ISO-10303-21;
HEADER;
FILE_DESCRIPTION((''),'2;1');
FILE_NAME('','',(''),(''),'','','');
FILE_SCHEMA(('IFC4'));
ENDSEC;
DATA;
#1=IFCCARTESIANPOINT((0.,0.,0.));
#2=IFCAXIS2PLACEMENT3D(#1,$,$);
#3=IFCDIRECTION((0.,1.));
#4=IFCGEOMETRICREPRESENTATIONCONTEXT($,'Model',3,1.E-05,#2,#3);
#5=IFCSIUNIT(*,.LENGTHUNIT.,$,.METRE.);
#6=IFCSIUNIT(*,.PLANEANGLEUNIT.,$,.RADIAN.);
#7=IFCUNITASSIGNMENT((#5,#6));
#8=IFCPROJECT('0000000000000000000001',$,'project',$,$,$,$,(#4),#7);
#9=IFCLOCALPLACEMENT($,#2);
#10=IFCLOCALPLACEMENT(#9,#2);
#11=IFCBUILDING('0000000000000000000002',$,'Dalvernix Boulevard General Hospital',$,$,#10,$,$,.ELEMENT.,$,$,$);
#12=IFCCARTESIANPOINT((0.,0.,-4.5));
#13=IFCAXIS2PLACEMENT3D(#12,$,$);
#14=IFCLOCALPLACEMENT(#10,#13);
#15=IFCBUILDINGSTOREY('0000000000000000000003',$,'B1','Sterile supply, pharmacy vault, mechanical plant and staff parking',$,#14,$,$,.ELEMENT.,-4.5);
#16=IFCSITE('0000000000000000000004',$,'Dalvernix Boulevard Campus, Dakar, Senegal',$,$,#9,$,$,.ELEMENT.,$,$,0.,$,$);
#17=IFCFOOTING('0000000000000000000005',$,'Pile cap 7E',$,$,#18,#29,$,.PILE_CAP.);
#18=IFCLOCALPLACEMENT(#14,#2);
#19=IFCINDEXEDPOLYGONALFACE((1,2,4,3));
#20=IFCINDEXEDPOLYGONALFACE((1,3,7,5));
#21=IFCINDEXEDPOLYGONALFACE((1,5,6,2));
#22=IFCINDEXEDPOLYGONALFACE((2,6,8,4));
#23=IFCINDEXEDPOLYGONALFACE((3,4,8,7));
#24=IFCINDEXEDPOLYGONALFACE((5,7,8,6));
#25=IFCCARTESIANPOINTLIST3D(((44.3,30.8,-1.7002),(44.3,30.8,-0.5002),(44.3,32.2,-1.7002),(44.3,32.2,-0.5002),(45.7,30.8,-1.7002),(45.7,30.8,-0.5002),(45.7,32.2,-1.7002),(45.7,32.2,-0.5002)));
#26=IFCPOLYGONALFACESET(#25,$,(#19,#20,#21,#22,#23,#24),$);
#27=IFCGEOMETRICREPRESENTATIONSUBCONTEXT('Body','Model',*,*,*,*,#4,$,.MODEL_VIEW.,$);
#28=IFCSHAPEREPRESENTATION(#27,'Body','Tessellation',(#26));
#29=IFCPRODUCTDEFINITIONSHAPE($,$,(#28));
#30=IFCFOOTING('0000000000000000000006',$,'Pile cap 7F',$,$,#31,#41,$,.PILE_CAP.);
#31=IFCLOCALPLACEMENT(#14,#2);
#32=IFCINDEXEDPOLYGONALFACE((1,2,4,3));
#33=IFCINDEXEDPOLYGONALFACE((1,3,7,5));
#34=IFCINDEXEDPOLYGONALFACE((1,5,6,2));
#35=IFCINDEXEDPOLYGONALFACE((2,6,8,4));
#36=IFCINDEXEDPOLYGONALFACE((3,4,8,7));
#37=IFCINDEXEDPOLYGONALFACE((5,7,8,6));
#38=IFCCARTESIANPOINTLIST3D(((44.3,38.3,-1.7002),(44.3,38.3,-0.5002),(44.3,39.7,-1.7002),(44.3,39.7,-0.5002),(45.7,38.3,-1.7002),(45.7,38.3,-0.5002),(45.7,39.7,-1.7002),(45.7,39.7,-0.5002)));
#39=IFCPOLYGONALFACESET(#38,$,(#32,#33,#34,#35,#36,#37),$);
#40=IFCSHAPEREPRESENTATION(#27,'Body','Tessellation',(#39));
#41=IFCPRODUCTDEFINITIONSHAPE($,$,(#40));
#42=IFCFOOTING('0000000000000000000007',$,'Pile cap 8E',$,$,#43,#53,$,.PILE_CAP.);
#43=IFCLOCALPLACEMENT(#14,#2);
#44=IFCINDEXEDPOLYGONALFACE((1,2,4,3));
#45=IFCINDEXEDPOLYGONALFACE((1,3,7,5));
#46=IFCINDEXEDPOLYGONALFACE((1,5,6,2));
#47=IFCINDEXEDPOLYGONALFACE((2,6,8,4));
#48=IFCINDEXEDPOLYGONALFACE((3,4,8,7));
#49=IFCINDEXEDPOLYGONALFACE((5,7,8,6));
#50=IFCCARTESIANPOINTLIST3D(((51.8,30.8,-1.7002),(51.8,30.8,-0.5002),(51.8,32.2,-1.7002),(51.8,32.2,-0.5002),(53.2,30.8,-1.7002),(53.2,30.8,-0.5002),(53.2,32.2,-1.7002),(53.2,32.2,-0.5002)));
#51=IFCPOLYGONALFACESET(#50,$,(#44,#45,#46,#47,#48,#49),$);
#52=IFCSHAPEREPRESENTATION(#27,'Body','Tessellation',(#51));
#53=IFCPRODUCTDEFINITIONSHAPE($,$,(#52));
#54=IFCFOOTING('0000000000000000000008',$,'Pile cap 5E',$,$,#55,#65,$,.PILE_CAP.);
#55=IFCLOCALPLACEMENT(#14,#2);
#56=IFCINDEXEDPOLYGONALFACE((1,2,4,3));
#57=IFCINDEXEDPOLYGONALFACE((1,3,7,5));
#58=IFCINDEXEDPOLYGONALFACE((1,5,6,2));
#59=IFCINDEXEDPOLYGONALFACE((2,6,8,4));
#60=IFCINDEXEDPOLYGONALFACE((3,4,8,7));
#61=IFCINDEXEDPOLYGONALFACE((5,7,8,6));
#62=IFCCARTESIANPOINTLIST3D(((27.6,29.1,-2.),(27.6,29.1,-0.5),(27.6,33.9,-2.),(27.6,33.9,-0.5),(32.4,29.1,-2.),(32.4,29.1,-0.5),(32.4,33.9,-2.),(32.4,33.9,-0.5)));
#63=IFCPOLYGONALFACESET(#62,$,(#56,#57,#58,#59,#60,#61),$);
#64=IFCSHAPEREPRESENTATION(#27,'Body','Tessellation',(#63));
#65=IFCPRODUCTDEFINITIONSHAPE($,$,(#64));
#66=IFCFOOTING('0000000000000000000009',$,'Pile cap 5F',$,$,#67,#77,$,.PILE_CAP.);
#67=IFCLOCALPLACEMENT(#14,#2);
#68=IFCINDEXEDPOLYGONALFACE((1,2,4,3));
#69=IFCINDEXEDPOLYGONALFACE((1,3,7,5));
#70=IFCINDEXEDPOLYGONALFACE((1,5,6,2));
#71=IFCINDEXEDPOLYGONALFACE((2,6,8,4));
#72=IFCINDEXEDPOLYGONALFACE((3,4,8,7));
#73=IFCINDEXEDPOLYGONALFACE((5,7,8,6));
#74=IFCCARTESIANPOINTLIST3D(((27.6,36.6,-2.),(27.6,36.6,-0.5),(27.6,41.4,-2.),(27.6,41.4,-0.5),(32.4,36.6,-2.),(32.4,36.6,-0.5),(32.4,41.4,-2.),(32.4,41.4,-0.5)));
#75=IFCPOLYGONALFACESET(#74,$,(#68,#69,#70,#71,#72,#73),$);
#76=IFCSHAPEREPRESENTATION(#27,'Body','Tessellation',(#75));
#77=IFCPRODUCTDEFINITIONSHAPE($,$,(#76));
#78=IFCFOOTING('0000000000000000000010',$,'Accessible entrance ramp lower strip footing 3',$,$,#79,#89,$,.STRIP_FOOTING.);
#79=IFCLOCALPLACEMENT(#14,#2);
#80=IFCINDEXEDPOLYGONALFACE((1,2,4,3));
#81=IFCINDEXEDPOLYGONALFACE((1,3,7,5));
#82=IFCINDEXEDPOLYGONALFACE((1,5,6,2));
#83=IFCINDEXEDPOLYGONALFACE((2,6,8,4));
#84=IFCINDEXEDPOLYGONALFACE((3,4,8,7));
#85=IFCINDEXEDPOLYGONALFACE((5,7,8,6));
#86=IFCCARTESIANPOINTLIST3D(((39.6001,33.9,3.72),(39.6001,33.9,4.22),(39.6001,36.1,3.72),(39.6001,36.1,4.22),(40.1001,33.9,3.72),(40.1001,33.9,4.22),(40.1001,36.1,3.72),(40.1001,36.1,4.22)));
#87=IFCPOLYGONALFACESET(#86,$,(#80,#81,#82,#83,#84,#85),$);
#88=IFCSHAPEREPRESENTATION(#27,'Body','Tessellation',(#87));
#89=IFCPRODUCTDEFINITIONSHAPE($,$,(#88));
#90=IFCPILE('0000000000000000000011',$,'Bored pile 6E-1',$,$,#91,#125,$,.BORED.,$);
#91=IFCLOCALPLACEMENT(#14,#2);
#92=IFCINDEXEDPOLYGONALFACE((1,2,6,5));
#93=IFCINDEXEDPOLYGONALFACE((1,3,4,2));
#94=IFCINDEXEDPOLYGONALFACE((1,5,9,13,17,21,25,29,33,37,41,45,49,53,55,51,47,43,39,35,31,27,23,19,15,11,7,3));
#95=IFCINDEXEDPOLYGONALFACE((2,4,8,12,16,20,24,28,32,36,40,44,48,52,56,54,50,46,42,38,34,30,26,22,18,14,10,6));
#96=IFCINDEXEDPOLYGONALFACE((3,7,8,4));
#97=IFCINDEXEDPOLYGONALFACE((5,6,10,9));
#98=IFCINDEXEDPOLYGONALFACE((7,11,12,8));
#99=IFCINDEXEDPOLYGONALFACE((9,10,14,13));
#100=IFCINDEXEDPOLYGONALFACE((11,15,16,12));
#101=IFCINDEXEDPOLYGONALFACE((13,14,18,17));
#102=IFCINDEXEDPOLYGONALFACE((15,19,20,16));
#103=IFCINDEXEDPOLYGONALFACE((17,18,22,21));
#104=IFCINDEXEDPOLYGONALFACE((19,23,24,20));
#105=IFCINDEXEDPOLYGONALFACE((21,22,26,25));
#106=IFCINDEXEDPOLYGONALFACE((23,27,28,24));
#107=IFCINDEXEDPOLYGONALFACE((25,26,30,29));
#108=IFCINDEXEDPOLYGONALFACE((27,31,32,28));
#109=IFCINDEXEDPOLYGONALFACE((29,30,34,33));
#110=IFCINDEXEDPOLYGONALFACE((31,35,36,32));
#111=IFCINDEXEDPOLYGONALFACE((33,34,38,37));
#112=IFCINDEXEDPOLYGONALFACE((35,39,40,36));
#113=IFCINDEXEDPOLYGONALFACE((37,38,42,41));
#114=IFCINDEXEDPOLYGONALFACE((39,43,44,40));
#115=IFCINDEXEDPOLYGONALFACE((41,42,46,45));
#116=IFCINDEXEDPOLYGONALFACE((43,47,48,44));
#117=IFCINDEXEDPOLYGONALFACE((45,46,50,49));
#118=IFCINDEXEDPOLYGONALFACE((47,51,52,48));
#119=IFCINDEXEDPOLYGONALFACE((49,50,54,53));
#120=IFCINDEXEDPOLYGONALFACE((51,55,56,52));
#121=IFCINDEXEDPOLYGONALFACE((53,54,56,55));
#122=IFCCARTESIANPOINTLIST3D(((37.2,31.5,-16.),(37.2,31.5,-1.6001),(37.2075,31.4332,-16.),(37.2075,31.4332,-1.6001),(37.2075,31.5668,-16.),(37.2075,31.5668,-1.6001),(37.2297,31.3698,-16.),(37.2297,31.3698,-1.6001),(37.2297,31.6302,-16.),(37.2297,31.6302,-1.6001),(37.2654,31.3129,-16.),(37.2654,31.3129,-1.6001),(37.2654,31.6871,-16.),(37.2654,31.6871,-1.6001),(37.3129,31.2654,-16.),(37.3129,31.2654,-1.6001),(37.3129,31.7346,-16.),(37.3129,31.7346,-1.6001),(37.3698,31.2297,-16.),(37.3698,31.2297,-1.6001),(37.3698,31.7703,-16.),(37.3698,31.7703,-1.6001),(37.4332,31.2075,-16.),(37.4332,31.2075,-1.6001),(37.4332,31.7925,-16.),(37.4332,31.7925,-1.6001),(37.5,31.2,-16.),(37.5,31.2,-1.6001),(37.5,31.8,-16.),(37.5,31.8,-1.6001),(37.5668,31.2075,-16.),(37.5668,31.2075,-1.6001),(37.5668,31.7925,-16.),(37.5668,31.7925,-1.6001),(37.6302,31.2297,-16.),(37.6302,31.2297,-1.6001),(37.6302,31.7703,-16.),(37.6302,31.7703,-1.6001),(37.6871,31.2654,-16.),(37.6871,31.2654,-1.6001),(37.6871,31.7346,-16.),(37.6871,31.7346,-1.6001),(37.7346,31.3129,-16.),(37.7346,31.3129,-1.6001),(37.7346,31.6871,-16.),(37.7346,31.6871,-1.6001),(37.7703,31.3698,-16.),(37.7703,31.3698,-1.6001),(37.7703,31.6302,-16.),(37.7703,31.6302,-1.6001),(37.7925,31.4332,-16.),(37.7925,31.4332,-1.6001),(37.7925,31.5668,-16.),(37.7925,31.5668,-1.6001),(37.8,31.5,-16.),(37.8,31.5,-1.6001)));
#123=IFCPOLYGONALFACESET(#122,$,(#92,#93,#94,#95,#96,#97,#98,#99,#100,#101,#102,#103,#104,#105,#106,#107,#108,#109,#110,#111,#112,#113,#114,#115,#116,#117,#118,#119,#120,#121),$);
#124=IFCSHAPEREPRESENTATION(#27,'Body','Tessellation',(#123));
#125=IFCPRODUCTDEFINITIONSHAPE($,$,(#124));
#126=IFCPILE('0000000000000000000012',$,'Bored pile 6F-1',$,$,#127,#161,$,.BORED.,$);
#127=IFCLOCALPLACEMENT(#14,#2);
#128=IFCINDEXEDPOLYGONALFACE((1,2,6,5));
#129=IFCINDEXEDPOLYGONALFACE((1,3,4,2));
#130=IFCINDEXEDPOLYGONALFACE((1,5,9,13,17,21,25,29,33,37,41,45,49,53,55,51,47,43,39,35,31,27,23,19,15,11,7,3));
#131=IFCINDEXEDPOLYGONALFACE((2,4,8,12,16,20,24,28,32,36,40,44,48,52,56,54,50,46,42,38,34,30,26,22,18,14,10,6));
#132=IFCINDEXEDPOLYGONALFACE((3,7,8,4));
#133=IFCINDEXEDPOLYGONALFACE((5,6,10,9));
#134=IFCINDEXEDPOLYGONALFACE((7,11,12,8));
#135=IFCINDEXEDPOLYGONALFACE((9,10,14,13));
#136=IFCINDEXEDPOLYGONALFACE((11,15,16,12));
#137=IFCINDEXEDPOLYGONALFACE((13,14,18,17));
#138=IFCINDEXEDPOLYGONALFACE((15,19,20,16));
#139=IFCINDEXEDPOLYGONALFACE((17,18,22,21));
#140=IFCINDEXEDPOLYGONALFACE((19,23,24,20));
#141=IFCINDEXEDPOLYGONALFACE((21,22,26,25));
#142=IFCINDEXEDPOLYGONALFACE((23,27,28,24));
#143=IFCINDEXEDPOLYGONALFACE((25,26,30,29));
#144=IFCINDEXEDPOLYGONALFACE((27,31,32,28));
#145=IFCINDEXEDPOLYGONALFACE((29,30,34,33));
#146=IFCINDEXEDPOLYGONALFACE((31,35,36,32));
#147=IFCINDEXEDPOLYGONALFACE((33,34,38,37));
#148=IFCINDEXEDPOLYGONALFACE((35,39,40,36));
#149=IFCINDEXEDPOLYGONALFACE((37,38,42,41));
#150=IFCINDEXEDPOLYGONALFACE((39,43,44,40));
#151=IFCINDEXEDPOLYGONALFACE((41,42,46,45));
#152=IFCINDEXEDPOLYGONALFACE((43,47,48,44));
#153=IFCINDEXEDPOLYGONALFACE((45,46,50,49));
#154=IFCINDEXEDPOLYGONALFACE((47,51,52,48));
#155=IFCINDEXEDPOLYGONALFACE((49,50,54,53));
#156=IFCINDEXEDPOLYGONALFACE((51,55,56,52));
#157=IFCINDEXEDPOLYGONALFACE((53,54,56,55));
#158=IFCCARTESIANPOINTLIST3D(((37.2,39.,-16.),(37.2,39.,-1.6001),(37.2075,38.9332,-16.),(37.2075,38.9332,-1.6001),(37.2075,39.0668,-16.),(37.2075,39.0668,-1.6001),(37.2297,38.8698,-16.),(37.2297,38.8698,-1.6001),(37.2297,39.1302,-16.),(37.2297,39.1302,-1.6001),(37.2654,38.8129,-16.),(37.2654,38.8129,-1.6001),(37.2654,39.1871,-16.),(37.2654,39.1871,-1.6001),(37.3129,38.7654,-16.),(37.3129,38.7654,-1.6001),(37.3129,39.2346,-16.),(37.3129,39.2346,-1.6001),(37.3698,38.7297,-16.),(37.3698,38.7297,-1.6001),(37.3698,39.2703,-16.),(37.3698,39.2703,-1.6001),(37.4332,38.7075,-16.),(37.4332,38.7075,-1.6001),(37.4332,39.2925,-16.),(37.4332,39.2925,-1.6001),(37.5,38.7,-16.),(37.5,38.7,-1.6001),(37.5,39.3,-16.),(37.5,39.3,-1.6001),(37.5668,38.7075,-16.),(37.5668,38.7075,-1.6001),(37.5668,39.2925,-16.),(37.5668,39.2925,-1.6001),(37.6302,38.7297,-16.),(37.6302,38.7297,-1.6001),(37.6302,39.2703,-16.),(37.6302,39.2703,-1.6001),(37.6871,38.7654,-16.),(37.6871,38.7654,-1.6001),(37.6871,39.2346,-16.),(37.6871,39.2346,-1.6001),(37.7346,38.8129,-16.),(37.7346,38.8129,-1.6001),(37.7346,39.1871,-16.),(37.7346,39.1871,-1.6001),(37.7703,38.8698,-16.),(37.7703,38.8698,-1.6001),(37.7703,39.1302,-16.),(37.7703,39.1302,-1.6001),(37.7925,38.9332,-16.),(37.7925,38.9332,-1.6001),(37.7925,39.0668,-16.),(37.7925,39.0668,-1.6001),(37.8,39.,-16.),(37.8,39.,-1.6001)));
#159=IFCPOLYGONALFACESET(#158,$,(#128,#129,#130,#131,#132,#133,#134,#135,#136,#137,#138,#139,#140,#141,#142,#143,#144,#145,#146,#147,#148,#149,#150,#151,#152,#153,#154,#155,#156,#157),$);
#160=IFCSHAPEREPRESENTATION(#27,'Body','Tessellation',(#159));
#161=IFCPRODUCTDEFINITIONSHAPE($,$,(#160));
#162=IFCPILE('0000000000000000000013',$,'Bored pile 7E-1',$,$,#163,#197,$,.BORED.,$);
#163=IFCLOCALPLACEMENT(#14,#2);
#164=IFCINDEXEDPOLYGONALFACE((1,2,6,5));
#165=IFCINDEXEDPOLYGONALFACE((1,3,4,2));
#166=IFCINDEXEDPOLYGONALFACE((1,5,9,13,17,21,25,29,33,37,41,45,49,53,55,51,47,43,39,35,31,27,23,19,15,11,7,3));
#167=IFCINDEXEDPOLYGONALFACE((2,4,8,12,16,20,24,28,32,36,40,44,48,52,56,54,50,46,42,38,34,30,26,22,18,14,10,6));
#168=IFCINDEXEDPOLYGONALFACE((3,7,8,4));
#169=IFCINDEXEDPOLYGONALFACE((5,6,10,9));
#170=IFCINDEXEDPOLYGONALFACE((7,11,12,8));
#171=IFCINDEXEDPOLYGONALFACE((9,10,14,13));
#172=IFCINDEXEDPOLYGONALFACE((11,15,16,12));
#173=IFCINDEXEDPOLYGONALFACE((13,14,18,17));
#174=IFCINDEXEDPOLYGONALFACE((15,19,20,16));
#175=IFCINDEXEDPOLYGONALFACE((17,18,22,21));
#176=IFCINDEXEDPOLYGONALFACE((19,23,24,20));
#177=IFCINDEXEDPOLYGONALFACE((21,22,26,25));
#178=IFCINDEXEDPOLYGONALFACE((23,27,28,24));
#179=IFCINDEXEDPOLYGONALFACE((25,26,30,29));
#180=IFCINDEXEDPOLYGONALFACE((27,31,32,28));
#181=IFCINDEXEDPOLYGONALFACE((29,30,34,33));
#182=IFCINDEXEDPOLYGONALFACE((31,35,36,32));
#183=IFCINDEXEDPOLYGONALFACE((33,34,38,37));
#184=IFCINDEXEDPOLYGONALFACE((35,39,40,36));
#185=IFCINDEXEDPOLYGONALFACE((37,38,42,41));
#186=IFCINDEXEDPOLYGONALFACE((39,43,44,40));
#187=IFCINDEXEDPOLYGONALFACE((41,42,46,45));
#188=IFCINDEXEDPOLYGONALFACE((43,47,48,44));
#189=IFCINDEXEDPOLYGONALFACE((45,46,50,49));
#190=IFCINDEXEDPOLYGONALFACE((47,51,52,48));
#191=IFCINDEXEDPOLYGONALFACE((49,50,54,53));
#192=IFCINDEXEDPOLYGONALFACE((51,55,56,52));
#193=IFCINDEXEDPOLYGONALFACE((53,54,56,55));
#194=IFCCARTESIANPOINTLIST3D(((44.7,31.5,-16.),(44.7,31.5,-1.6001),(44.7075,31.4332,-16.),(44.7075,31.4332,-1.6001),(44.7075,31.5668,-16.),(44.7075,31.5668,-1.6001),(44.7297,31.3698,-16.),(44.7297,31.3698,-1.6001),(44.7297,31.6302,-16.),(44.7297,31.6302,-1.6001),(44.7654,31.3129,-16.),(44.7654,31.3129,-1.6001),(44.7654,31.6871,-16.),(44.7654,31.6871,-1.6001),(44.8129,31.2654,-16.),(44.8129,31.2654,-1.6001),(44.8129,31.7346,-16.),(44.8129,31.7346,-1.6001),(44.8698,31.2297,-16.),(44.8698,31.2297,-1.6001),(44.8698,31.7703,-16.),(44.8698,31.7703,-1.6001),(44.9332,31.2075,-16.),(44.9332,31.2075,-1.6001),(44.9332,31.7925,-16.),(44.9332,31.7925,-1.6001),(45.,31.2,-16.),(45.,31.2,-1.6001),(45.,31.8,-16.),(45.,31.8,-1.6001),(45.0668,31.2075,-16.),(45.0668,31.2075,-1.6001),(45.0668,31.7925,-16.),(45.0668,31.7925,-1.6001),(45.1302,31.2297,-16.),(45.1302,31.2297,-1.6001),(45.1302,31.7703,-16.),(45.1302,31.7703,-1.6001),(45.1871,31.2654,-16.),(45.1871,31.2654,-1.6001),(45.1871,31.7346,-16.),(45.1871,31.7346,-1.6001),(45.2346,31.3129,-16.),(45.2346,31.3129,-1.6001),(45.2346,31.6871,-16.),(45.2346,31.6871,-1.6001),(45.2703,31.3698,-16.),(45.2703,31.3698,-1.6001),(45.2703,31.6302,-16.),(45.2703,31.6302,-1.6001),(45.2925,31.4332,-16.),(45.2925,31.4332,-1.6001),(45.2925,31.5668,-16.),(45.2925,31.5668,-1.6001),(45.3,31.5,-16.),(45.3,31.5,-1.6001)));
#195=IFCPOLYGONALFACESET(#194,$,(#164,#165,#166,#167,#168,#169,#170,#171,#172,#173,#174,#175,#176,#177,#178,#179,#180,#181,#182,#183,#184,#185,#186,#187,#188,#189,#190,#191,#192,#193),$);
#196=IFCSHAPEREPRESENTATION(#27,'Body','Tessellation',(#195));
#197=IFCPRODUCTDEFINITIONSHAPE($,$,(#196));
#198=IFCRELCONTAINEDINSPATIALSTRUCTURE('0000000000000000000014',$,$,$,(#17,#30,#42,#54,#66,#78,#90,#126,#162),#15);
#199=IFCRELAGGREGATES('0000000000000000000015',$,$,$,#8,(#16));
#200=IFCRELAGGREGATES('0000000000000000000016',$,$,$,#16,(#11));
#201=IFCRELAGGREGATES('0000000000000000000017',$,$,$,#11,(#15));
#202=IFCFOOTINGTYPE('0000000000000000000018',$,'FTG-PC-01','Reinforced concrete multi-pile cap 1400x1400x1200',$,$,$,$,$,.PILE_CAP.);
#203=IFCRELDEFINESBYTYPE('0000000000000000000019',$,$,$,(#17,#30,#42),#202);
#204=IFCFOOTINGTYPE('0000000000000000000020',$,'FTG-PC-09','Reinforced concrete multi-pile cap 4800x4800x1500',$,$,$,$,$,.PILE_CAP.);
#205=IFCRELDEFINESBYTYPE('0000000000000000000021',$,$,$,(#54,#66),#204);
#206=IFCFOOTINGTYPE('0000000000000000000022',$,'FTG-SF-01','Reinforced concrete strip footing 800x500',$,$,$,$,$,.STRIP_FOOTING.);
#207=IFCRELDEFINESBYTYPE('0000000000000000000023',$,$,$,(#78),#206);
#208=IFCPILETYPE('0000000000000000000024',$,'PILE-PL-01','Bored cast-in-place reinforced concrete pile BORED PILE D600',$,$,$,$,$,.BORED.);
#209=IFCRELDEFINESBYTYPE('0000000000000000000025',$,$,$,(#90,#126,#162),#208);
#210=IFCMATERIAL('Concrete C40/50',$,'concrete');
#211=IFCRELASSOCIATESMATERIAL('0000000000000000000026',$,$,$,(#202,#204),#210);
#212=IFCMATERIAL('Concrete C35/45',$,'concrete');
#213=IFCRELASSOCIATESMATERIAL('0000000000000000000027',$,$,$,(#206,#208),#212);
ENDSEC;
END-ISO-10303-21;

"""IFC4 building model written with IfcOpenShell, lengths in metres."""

from ifc_helpers import new_model, si_unit, direction, frame, origin, origin_2d, place, context, subcontext, project, spatial, rectangle, circle, extrude, material, material_profile, profile_set, type_object, element, save


model = new_model("IFC4")

# Units and contexts
model_context = context("Model", 3, precision=1e-05, world=origin(), true_north=direction((0.0, 1.0)))
body_context = subcontext(model_context, "Body", "Model", "MODEL_VIEW")
ifc_project = project(units=[si_unit("LENGTHUNIT", "METRE"), si_unit("PLANEANGLEUNIT", "RADIAN")], contexts=[model_context])

# Site, building, storey
site_placement = place(None, origin())
site = spatial("IfcSite", under=ifc_project, at=site_placement, Name="Dalvernix Boulevard Campus, Dakar, Senegal", CompositionType="ELEMENT", RefElevation=0.0)
building_placement = place(site_placement, origin())
building = spatial("IfcBuilding", under=site, at=building_placement, Name="Dalvernix Boulevard General Hospital", CompositionType="ELEMENT")
storey_placement = place(building_placement, frame((0.0, 0.0, -4.5)))
storey = spatial("IfcBuildingStorey", under=building, at=storey_placement, Name="B1", Description="Sterile supply, pharmacy vault, mechanical plant and staff parking", CompositionType="ELEMENT", Elevation=-4.5)

# Footings
ifc_material_1 = material(Name="Concrete C35/45", Category="concrete")
ifc_material_2 = material(Name="Concrete C40/50", Category="concrete")
footing_type_1 = type_object("IfcFootingType", Name="FTG-PC-01", Description="Reinforced concrete multi-pile cap 1400x1400x1200", PredefinedType="PILE_CAP", material=ifc_material_2)
for number, where, z_axis, x_axis, name in (
    (1, (45.0, 31.5, -1.7002), (0.0, 0.0, 1.0), (1.0, 0.0, 0.0), "Pile cap 7E"),
    (2, (45.0, 39.0, -1.7002), (0.0, 0.0, 1.0), (1.0, 0.0, 0.0), "Pile cap 7F"),
    (3, (52.5, 31.5, -1.7002), (0.0, 0.0, 1.0), (1.0, 0.0, 0.0), "Pile cap 8E"),
):
    element("IfcFooting", number, at=place(storey_placement, frame(where, z_axis=z_axis, x_axis=x_axis)), inside=storey, type_object=footing_type_1, Name=name, PredefinedType="PILE_CAP", context=body_context, shape_type="SweptSolid", body=[
        extrude(rectangle(XDim=1.3999, YDim=1.3999, at=origin_2d()), origin(), (0.0, 0.0, 1.0), 1.2),
    ])
footing_type_2 = type_object("IfcFootingType", Name="FTG-PC-09", Description="Reinforced concrete multi-pile cap 4800x4800x1500", PredefinedType="PILE_CAP", material=ifc_material_2)
for number, where, z_axis, x_axis, name in (
    (4, (30.0, 31.5, -2.0), (0.0, 0.0, 1.0), (1.0, 0.0, 0.0), "Pile cap 5E"),
    (5, (30.0, 39.0, -2.0), (0.0, 0.0, 1.0), (1.0, 0.0, 0.0), "Pile cap 5F"),
):
    element("IfcFooting", number, at=place(storey_placement, frame(where, z_axis=z_axis, x_axis=x_axis)), inside=storey, type_object=footing_type_2, Name=name, PredefinedType="PILE_CAP", context=body_context, shape_type="SweptSolid", body=[
        extrude(rectangle(XDim=4.8, YDim=4.8, at=origin_2d()), origin(), (0.0, 0.0, 1.0), 1.5),
    ])
footing_type_3 = type_object("IfcFootingType", Name="FTG-SF-01", Description="Reinforced concrete strip footing 800x500", PredefinedType="STRIP_FOOTING", material=ifc_material_1)
footing_1_placement = place(storey_placement, frame((39.8501, 35.0, 3.72), z_axis=(0.0, 0.0, 1.0), x_axis=(-1.0, 0.0, 0.0)))
element("IfcFooting", 6, at=footing_1_placement, inside=storey, type_object=footing_type_3, Name="Accessible entrance ramp lower strip footing 3", PredefinedType="STRIP_FOOTING", context=body_context, shape_type="SweptSolid", body=[
    extrude(rectangle(XDim=0.5, YDim=2.2, at=origin_2d()), origin(), (0.0, 0.0, 1.0), 0.5),
])

# Piles
ifc_material_profile_1 = material_profile(ifc_material_1, circle(Radius=0.3, at=origin_2d()), Name="BORED PILE D600")
ifc_profile_set_1 = profile_set([ifc_material_profile_1], Name="Concrete C35/45")
pile_type_1 = type_object("IfcPileType", Name="PILE-PL-01", Description="Bored cast-in-place reinforced concrete pile BORED PILE D600", PredefinedType="BORED", material=ifc_profile_set_1)
for number, where, z_axis, x_axis, name in (
    (7, (37.5, 31.5, -1.6001), (0.0, 0.0, -1.0), (1.0, 0.0, 0.0), "Bored pile 6E-1"),
    (8, (37.5, 39.0, -1.6001), (0.0, 0.0, -1.0), (1.0, 0.0, 0.0), "Bored pile 6F-1"),
    (9, (45.0, 31.5, -1.6001), (0.0, 0.0, -1.0), (1.0, 0.0, 0.0), "Bored pile 7E-1"),
):
    element("IfcPile", number, at=place(storey_placement, frame(where, z_axis=z_axis, x_axis=x_axis)), inside=storey, type_object=pile_type_1, Name=name, PredefinedType="BORED", context=body_context, shape_type="SweptSolid", body=[
        extrude(circle(Radius=0.3, at=origin_2d()), origin(), (0.0, 0.0, 1.0), 14.3999),
    ])

save(model, "model.ifc")
